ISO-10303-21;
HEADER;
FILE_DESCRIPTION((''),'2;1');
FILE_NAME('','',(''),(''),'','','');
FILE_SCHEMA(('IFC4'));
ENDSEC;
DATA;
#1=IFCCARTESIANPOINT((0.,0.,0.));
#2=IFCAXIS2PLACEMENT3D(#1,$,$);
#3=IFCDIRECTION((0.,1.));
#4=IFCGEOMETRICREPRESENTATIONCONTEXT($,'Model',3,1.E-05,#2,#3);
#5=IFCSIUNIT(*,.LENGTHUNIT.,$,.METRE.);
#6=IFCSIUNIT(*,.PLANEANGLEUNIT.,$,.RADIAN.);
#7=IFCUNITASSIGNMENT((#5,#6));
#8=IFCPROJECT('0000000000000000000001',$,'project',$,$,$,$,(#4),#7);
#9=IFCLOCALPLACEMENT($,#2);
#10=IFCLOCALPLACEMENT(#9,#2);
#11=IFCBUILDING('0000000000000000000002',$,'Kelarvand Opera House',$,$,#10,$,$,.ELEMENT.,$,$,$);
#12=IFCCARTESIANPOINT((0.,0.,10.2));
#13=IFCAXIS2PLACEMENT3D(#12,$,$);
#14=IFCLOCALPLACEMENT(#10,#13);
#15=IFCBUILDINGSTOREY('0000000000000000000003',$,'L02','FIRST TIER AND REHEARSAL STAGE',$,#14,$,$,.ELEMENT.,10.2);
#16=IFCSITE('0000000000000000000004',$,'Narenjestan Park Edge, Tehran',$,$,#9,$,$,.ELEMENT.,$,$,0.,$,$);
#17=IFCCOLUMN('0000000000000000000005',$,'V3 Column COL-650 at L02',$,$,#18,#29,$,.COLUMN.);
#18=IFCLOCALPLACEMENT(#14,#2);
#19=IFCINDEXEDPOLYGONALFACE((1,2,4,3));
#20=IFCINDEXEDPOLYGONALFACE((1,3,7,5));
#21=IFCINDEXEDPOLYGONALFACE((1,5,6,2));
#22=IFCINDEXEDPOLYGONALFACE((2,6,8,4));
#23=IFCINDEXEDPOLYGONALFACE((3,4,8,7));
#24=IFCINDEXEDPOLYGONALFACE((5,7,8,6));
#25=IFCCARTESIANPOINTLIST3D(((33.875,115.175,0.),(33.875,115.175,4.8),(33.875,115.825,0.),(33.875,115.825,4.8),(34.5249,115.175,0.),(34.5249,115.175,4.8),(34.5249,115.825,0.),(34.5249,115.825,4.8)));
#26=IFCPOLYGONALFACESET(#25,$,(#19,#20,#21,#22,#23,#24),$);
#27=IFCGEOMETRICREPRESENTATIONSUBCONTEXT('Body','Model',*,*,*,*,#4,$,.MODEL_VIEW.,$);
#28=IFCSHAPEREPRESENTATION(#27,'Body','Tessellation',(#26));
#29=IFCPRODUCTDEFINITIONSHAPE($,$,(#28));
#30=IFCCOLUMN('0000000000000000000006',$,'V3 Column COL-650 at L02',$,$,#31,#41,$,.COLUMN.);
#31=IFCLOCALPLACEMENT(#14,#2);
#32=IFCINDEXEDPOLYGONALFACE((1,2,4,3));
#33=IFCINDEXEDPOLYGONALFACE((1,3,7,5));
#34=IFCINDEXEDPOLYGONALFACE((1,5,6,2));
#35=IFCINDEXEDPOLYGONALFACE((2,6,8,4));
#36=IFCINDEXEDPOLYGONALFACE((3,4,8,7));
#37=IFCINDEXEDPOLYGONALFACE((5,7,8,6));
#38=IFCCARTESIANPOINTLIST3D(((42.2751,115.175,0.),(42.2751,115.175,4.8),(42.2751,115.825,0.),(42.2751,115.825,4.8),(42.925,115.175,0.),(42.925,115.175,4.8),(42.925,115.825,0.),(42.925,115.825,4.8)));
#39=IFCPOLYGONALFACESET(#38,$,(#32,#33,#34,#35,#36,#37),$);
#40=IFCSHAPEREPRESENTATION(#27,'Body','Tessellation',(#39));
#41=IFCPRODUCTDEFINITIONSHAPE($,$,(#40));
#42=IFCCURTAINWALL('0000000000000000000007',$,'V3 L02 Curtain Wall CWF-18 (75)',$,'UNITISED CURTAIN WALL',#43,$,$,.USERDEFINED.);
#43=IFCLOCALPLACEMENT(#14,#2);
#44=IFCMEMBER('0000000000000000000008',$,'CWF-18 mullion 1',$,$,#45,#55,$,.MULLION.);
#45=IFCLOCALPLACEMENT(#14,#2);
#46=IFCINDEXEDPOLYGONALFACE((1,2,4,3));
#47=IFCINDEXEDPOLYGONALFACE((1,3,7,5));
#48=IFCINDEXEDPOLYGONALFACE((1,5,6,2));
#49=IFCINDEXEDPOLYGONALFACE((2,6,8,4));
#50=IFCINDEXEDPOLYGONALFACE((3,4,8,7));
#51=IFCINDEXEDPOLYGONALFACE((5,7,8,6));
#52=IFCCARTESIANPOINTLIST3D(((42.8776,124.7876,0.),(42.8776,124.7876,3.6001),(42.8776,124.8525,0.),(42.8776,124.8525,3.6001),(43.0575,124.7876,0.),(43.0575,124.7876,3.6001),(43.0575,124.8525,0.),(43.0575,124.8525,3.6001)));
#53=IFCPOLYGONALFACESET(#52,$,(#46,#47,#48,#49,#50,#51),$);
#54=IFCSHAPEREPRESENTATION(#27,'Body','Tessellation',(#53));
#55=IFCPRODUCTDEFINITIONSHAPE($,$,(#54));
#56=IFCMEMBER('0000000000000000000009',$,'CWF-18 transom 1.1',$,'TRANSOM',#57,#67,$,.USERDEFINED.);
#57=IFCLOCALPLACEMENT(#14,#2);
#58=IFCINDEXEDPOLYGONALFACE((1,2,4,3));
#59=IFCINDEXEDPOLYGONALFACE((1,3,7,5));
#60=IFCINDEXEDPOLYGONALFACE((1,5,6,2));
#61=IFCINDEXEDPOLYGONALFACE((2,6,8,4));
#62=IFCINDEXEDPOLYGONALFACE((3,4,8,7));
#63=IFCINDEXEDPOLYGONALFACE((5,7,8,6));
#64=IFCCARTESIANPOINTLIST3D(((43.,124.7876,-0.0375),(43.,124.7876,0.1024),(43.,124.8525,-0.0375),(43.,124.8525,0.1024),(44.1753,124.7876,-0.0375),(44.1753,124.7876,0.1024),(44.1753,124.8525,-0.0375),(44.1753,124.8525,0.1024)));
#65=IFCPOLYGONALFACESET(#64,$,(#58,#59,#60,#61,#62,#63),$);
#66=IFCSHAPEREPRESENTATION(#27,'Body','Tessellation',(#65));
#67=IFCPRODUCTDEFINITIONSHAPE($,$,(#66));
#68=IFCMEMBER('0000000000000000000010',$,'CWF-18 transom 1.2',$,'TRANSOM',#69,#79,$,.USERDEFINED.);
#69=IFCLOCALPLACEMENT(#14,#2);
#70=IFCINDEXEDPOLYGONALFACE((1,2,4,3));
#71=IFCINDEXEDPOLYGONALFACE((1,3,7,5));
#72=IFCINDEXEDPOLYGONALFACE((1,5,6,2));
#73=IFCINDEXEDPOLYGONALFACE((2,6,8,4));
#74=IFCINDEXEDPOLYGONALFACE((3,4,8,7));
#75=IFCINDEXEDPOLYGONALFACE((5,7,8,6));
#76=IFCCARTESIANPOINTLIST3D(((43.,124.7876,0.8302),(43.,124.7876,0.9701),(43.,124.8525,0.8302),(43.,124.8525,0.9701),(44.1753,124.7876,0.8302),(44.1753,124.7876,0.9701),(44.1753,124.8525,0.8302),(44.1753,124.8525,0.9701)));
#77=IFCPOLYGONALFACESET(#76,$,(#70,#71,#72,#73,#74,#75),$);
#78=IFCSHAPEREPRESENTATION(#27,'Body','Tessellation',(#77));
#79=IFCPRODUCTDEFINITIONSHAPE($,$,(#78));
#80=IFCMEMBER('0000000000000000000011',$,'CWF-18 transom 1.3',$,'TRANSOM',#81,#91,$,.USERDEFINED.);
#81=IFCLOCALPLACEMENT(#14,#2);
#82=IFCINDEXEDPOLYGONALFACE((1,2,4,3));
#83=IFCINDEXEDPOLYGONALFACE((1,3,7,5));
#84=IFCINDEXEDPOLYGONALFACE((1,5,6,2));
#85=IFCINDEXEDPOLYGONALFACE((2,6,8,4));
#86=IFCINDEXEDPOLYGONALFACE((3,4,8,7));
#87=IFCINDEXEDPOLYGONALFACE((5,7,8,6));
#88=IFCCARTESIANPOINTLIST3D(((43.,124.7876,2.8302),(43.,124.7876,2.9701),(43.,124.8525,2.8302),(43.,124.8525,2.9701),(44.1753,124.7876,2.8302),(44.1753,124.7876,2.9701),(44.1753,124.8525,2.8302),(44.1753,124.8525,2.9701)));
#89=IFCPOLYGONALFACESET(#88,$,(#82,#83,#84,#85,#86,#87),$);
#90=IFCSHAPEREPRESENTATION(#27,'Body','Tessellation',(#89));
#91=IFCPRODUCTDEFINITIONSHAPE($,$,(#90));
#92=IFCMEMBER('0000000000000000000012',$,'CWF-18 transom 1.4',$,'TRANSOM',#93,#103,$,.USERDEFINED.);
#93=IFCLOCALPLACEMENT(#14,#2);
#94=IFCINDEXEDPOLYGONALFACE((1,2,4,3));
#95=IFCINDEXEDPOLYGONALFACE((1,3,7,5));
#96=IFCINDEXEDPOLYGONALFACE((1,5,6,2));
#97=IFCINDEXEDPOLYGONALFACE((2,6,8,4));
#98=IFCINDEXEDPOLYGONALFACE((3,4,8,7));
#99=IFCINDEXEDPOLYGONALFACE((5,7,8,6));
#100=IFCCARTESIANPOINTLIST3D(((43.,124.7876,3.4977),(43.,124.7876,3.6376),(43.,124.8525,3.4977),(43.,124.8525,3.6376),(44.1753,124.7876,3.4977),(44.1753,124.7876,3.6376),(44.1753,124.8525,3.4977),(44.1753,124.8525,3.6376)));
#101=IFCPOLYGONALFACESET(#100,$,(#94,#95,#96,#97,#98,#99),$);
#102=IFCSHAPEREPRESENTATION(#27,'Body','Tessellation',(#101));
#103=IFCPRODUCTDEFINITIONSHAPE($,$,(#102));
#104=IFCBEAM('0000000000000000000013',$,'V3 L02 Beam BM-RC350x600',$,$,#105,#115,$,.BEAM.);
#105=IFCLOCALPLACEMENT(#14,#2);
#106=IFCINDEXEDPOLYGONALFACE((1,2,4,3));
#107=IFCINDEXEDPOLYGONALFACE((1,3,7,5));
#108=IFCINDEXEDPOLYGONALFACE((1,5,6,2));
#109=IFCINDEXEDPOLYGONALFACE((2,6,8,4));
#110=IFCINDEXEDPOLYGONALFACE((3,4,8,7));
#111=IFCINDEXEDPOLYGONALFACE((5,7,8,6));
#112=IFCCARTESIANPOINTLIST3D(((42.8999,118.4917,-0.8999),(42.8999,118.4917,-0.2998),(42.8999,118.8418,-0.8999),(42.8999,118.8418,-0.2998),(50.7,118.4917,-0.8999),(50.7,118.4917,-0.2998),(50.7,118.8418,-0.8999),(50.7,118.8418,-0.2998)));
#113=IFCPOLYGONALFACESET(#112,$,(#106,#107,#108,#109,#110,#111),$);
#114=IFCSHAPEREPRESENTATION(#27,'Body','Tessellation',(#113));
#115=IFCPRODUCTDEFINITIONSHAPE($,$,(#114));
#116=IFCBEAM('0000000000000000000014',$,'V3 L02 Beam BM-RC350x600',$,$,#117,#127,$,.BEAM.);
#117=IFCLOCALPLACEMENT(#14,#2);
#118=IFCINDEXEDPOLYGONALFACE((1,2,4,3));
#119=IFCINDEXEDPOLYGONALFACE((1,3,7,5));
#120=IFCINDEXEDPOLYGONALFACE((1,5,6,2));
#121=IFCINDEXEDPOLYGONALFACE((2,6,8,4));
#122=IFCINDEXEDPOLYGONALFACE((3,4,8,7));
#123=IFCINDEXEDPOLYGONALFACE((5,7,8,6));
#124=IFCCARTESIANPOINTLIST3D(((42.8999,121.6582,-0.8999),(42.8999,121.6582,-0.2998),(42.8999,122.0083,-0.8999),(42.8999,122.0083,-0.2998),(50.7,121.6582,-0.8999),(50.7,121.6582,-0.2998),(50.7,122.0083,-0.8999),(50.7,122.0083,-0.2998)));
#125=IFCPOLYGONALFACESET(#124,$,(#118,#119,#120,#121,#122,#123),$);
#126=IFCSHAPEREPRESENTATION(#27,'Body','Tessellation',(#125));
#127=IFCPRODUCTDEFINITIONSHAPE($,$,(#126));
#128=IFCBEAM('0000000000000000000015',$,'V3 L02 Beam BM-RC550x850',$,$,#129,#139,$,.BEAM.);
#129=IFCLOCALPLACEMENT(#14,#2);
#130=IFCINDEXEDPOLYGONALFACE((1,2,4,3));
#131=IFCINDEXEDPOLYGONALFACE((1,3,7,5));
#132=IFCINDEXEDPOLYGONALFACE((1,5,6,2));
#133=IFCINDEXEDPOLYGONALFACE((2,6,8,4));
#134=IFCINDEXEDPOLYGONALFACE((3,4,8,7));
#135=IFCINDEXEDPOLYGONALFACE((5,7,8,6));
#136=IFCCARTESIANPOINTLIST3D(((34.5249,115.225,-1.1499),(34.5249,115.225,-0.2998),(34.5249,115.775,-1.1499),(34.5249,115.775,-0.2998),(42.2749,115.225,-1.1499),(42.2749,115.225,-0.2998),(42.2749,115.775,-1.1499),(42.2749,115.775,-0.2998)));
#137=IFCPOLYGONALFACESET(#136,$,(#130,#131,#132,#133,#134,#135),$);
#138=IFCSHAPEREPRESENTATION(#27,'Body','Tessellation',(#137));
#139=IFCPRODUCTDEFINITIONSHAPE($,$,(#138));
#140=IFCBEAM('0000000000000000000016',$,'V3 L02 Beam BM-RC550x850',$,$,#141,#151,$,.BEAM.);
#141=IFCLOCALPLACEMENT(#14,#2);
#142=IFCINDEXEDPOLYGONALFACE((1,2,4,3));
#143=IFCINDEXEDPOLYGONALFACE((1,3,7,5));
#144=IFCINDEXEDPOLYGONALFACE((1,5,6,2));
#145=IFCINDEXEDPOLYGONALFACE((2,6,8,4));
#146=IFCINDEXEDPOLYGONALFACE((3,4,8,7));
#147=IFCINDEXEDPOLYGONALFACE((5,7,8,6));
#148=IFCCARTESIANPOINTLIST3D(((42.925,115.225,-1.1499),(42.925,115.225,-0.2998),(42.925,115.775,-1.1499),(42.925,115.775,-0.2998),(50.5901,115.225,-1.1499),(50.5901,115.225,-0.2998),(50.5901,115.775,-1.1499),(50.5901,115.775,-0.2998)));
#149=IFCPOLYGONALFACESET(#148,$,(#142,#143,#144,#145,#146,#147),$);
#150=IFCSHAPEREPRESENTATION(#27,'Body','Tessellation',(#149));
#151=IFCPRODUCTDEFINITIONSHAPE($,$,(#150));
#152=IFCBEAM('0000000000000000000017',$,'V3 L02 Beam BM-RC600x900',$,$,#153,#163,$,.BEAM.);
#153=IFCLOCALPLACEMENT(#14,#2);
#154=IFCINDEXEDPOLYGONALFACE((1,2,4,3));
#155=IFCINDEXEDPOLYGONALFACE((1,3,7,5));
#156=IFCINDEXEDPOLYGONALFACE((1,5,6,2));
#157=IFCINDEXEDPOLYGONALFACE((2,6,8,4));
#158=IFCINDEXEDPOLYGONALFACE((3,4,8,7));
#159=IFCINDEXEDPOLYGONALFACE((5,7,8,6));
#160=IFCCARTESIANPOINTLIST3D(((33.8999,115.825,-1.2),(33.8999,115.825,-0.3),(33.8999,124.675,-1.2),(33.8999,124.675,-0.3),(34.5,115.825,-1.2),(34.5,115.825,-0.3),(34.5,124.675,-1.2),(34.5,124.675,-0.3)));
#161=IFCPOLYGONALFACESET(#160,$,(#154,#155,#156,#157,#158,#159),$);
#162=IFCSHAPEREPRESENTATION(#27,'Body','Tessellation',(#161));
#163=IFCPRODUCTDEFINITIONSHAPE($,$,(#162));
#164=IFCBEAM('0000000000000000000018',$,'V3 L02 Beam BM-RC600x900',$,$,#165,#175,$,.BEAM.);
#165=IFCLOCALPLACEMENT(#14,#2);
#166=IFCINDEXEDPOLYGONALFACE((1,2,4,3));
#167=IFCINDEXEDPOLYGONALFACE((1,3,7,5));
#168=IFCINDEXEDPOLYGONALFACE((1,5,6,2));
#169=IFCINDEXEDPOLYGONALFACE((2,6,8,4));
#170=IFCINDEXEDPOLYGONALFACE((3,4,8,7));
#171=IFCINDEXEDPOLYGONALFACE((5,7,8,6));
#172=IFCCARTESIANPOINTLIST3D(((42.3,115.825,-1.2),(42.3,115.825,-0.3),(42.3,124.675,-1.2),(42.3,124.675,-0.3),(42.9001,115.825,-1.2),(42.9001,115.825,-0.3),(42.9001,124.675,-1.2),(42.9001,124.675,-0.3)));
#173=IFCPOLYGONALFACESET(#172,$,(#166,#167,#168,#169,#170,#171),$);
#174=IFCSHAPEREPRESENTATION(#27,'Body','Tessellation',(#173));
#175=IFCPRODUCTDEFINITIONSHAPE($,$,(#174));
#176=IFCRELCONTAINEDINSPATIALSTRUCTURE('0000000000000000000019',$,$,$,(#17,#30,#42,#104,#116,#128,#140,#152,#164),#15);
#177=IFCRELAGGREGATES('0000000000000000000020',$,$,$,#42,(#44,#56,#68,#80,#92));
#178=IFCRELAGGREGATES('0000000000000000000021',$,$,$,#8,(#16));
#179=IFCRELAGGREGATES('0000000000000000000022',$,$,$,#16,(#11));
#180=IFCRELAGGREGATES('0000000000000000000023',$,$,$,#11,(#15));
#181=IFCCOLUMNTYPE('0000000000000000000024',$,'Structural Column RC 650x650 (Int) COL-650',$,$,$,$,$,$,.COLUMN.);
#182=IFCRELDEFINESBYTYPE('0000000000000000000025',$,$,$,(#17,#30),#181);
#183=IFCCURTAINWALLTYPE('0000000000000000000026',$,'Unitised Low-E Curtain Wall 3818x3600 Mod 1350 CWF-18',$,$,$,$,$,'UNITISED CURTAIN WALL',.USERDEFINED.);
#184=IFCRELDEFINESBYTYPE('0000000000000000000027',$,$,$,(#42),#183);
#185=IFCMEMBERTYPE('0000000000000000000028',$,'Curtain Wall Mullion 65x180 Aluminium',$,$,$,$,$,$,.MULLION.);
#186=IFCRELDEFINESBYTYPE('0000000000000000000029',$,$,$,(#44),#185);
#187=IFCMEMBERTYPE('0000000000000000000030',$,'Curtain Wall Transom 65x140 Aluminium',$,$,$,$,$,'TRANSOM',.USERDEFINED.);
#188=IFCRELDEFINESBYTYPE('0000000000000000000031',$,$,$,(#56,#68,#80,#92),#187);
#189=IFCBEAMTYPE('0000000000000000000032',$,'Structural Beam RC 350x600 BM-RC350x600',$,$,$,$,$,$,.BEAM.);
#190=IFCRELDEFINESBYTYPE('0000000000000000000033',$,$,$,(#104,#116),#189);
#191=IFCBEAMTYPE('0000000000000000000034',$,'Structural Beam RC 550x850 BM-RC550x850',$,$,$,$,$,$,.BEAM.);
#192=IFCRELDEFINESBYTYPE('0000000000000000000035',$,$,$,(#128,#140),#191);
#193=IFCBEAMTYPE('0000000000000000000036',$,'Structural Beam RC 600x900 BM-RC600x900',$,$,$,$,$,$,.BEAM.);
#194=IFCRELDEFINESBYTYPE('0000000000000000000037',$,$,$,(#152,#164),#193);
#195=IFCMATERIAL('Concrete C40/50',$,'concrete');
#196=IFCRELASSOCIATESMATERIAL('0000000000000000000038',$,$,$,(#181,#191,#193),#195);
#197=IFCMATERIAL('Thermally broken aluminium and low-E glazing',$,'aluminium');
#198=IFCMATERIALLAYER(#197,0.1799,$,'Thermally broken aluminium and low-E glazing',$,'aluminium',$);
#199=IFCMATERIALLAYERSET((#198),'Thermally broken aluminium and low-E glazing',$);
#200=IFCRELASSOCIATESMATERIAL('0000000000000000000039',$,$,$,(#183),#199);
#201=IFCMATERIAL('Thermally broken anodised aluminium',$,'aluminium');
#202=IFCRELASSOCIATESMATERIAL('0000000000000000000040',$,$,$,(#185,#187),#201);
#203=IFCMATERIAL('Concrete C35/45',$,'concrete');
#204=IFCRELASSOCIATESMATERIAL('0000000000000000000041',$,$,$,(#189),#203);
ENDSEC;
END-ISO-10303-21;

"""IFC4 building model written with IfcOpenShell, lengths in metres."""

from ifc_helpers import new_model, si_unit, direction, frame, origin, origin_2d, place, context, subcontext, project, spatial, rectangle, extrude, material, layer, layer_set, material_profile, profile_set, type_object, element, aggregate, save


model = new_model("IFC4")

# Units and contexts
model_context = context("Model", 3, precision=1e-05, world=origin(), true_north=direction((0.0, 1.0)))
body_context = subcontext(model_context, "Body", "Model", "MODEL_VIEW")
ifc_project = project(units=[si_unit("LENGTHUNIT", "METRE"), si_unit("PLANEANGLEUNIT", "RADIAN")], contexts=[model_context])

# Site, building, storey
site_placement = place(None, origin())
site = spatial("IfcSite", under=ifc_project, at=site_placement, Name="Narenjestan Park Edge, Tehran", CompositionType="ELEMENT", RefElevation=0.0)
building_placement = place(site_placement, origin())
building = spatial("IfcBuilding", under=site, at=building_placement, Name="Kelarvand Opera House", CompositionType="ELEMENT")
storey_placement = place(building_placement, frame((0.0, 0.0, 10.2)))
storey = spatial("IfcBuildingStorey", under=building, at=storey_placement, Name="L02", Description="FIRST TIER AND REHEARSAL STAGE", CompositionType="ELEMENT", Elevation=10.2)

# Columns
ifc_material_1 = material(Name="Concrete C40/50", Category="concrete")
ifc_material_profile_1 = material_profile(ifc_material_1, rectangle(XDim=0.6499, YDim=0.6499, at=origin_2d()), Name="RC 650x650", Category="concrete")
ifc_profile_set_1 = profile_set([ifc_material_profile_1], Name="Concrete C40/50")
column_type = type_object("IfcColumnType", Name="Structural Column RC 650x650 (Int) COL-650", PredefinedType="COLUMN", material=ifc_profile_set_1)
for number, where, z_axis, x_axis, name in (
    (1, (34.2, 115.5, 0.0), (0.0, 0.0, 1.0), (1.0, 0.0, 0.0), "V3 Column COL-650 at L02"),
    (2, (42.6001, 115.5, 0.0), (0.0, 0.0, 1.0), (1.0, 0.0, 0.0), "V3 Column COL-650 at L02"),
):
    element("IfcColumn", number, at=place(storey_placement, frame(where, z_axis=z_axis, x_axis=x_axis)), inside=storey, type_object=column_type, Name=name, PredefinedType="COLUMN", context=body_context, shape_type="SweptSolid", body=[
        extrude(rectangle(XDim=0.6499, YDim=0.6499, at=origin_2d()), origin(), (0.0, 0.0, 1.0), 4.8),
    ])

# Curtain wall, members
ifc_material_2 = material(Name="Thermally broken aluminium and low-E glazing", Category="aluminium")
ifc_layer_1 = layer(ifc_material_2, 0.1799, Name="Thermally broken aluminium and low-E glazing", Category="aluminium")
ifc_layer_set_1 = layer_set([ifc_layer_1], Name="Thermally broken aluminium and low-E glazing")
curtain_wall_type = type_object("IfcCurtainWallType", Name="Unitised Low-E Curtain Wall 3818x3600 Mod 1350 CWF-18", ElementType="UNITISED CURTAIN WALL", PredefinedType="USERDEFINED", material=ifc_layer_set_1)
curtain_wall_placement = place(storey_placement, origin())
curtain_wall = element("IfcCurtainWall", 3, at=curtain_wall_placement, inside=storey, type_object=curtain_wall_type, Name="V3 L02 Curtain Wall CWF-18 (75)", ObjectType="UNITISED CURTAIN WALL", PredefinedType="USERDEFINED")
ifc_material_3 = material(Name="Thermally broken anodised aluminium", Category="aluminium")
ifc_material_profile_2 = material_profile(ifc_material_3, rectangle(XDim=0.0649, YDim=0.1799, at=origin_2d()), Name="ALU MULLION 65x180", Category="aluminium")
ifc_profile_set_2 = profile_set([ifc_material_profile_2], Name="Thermally broken anodised aluminium")
member_type_1 = type_object("IfcMemberType", Name="Curtain Wall Mullion 65x180 Aluminium", PredefinedType="MULLION", material=ifc_profile_set_2)
member_1_placement = place(storey_placement, frame((42.9675, 124.8201, 0.0), z_axis=(0.0, 0.0, 1.0), x_axis=(0.0, 1.0, 0.0)))
member_1 = element("IfcMember", 4, at=member_1_placement, type_object=member_type_1, Name="CWF-18 mullion 1", PredefinedType="MULLION", context=body_context, shape_type="SweptSolid", body=[
    extrude(rectangle(XDim=0.0649, YDim=0.1799, at=origin_2d()), origin(), (0.0, 0.0, 1.0), 3.6001),
])
ifc_material_profile_3 = material_profile(ifc_material_3, rectangle(XDim=0.0649, YDim=0.1399, at=origin_2d()), Name="ALU TRANSOM 65x140", Category="aluminium")
ifc_profile_set_3 = profile_set([ifc_material_profile_3], Name="Thermally broken anodised aluminium")
member_type_2 = type_object("IfcMemberType", Name="Curtain Wall Transom 65x140 Aluminium", ElementType="TRANSOM", PredefinedType="USERDEFINED", material=ifc_profile_set_3)
member_2_placement = place(storey_placement, frame((43.0, 124.8201, 0.0325), z_axis=(1.0, 0.0, 0.0), x_axis=(0.0, 1.0, 0.0)))
member_2 = element("IfcMember", 5, at=member_2_placement, type_object=member_type_2, Name="CWF-18 transom 1.1", ObjectType="TRANSOM", PredefinedType="USERDEFINED", context=body_context, shape_type="SweptSolid", body=[
    extrude(rectangle(XDim=0.0649, YDim=0.1399, at=origin_2d()), origin(), (0.0, 0.0, 1.0), 1.1753),
])
member_3_placement = place(storey_placement, frame((43.0, 124.8201, 0.9001), z_axis=(1.0, 0.0, 0.0), x_axis=(0.0, 1.0, 0.0)))
member_3 = element("IfcMember", 6, at=member_3_placement, type_object=member_type_2, Name="CWF-18 transom 1.2", ObjectType="TRANSOM", PredefinedType="USERDEFINED", context=body_context, shape_type="SweptSolid", body=[
    extrude(rectangle(XDim=0.0649, YDim=0.1399, at=origin_2d()), origin(), (0.0, 0.0, 1.0), 1.1753),
])
member_4_placement = place(storey_placement, frame((43.0, 124.8201, 2.9001), z_axis=(1.0, 0.0, 0.0), x_axis=(0.0, 1.0, 0.0)))
member_4 = element("IfcMember", 7, at=member_4_placement, type_object=member_type_2, Name="CWF-18 transom 1.3", ObjectType="TRANSOM", PredefinedType="USERDEFINED", context=body_context, shape_type="SweptSolid", body=[
    extrude(rectangle(XDim=0.0649, YDim=0.1399, at=origin_2d()), origin(), (0.0, 0.0, 1.0), 1.1753),
])
member_5_placement = place(storey_placement, frame((43.0, 124.8201, 3.5676), z_axis=(1.0, 0.0, 0.0), x_axis=(0.0, 1.0, 0.0)))
member_5 = element("IfcMember", 8, at=member_5_placement, type_object=member_type_2, Name="CWF-18 transom 1.4", ObjectType="TRANSOM", PredefinedType="USERDEFINED", context=body_context, shape_type="SweptSolid", body=[
    extrude(rectangle(XDim=0.0649, YDim=0.1399, at=origin_2d()), origin(), (0.0, 0.0, 1.0), 1.1753),
])

# Beams
ifc_material_4 = material(Name="Concrete C35/45", Category="concrete")
ifc_material_profile_4 = material_profile(ifc_material_4, rectangle(XDim=0.3501, YDim=0.6001, at=origin_2d()), Name="RC 350x600", Category="concrete")
ifc_profile_set_4 = profile_set([ifc_material_profile_4], Name="Concrete C35/45")
beam_type_1 = type_object("IfcBeamType", Name="Structural Beam RC 350x600 BM-RC350x600", PredefinedType="BEAM", material=ifc_profile_set_4)
for number, where, z_axis, x_axis, name in (
    (9, (42.8999, 118.6667, -0.5999), (1.0, 0.0, 0.0), (0.0, 1.0, 0.0), "V3 L02 Beam BM-RC350x600"),
    (10, (42.8999, 121.8333, -0.5999), (1.0, 0.0, 0.0), (0.0, 1.0, 0.0), "V3 L02 Beam BM-RC350x600"),
):
    element("IfcBeam", number, at=place(storey_placement, frame(where, z_axis=z_axis, x_axis=x_axis)), inside=storey, type_object=beam_type_1, Name=name, PredefinedType="BEAM", context=body_context, shape_type="SweptSolid", body=[
        extrude(rectangle(XDim=0.3501, YDim=0.6001, at=origin_2d()), origin(), (0.0, 0.0, 1.0), 7.8),
    ])
ifc_material_profile_5 = material_profile(ifc_material_1, rectangle(XDim=0.55, YDim=0.8501, at=origin_2d()), Name="RC 550x850", Category="concrete")
ifc_profile_set_5 = profile_set([ifc_material_profile_5], Name="Concrete C40/50")
beam_type_2 = type_object("IfcBeamType", Name="Structural Beam RC 550x850 BM-RC550x850", PredefinedType="BEAM", material=ifc_profile_set_5)
beam_1_placement = place(storey_placement, frame((34.5249, 115.5, -0.7249), z_axis=(1.0, 0.0, 0.0), x_axis=(0.0, 1.0, 0.0)))
element("IfcBeam", 11, at=beam_1_placement, inside=storey, type_object=beam_type_2, Name="V3 L02 Beam BM-RC550x850", PredefinedType="BEAM", context=body_context, shape_type="SweptSolid", body=[
    extrude(rectangle(XDim=0.55, YDim=0.8501, at=origin_2d()), origin(), (0.0, 0.0, 1.0), 7.75),
])
beam_2_placement = place(storey_placement, frame((42.925, 115.5, -0.7249), z_axis=(1.0, 0.0, 0.0), x_axis=(0.0, 1.0, 0.0)))
element("IfcBeam", 12, at=beam_2_placement, inside=storey, type_object=beam_type_2, Name="V3 L02 Beam BM-RC550x850", PredefinedType="BEAM", context=body_context, shape_type="SweptSolid", body=[
    extrude(rectangle(XDim=0.55, YDim=0.8501, at=origin_2d()), origin(), (0.0, 0.0, 1.0), 7.665),
])
ifc_material_profile_6 = material_profile(ifc_material_1, rectangle(XDim=0.6001, YDim=0.8999, at=origin_2d()), Name="RC 600x900", Category="concrete")
ifc_profile_set_6 = profile_set([ifc_material_profile_6], Name="Concrete C40/50")
beam_type_3 = type_object("IfcBeamType", Name="Structural Beam RC 600x900 BM-RC600x900", PredefinedType="BEAM", material=ifc_profile_set_6)
for number, where, z_axis, x_axis, name in (
    (13, (34.2, 115.825, -0.75), (0.0, 1.0, 0.0), (-1.0, 0.0, 0.0), "V3 L02 Beam BM-RC600x900"),
    (14, (42.6001, 115.825, -0.75), (0.0, 1.0, 0.0), (-1.0, 0.0, 0.0), "V3 L02 Beam BM-RC600x900"),
):
    element("IfcBeam", number, at=place(storey_placement, frame(where, z_axis=z_axis, x_axis=x_axis)), inside=storey, type_object=beam_type_3, Name=name, PredefinedType="BEAM", context=body_context, shape_type="SweptSolid", body=[
        extrude(rectangle(XDim=0.6001, YDim=0.8999, at=origin_2d()), origin(), (0.0, 0.0, 1.0), 8.8501),
    ])

aggregate(curtain_wall, [member_1, member_2, member_3, member_4, member_5])

save(model, "model.ifc")
